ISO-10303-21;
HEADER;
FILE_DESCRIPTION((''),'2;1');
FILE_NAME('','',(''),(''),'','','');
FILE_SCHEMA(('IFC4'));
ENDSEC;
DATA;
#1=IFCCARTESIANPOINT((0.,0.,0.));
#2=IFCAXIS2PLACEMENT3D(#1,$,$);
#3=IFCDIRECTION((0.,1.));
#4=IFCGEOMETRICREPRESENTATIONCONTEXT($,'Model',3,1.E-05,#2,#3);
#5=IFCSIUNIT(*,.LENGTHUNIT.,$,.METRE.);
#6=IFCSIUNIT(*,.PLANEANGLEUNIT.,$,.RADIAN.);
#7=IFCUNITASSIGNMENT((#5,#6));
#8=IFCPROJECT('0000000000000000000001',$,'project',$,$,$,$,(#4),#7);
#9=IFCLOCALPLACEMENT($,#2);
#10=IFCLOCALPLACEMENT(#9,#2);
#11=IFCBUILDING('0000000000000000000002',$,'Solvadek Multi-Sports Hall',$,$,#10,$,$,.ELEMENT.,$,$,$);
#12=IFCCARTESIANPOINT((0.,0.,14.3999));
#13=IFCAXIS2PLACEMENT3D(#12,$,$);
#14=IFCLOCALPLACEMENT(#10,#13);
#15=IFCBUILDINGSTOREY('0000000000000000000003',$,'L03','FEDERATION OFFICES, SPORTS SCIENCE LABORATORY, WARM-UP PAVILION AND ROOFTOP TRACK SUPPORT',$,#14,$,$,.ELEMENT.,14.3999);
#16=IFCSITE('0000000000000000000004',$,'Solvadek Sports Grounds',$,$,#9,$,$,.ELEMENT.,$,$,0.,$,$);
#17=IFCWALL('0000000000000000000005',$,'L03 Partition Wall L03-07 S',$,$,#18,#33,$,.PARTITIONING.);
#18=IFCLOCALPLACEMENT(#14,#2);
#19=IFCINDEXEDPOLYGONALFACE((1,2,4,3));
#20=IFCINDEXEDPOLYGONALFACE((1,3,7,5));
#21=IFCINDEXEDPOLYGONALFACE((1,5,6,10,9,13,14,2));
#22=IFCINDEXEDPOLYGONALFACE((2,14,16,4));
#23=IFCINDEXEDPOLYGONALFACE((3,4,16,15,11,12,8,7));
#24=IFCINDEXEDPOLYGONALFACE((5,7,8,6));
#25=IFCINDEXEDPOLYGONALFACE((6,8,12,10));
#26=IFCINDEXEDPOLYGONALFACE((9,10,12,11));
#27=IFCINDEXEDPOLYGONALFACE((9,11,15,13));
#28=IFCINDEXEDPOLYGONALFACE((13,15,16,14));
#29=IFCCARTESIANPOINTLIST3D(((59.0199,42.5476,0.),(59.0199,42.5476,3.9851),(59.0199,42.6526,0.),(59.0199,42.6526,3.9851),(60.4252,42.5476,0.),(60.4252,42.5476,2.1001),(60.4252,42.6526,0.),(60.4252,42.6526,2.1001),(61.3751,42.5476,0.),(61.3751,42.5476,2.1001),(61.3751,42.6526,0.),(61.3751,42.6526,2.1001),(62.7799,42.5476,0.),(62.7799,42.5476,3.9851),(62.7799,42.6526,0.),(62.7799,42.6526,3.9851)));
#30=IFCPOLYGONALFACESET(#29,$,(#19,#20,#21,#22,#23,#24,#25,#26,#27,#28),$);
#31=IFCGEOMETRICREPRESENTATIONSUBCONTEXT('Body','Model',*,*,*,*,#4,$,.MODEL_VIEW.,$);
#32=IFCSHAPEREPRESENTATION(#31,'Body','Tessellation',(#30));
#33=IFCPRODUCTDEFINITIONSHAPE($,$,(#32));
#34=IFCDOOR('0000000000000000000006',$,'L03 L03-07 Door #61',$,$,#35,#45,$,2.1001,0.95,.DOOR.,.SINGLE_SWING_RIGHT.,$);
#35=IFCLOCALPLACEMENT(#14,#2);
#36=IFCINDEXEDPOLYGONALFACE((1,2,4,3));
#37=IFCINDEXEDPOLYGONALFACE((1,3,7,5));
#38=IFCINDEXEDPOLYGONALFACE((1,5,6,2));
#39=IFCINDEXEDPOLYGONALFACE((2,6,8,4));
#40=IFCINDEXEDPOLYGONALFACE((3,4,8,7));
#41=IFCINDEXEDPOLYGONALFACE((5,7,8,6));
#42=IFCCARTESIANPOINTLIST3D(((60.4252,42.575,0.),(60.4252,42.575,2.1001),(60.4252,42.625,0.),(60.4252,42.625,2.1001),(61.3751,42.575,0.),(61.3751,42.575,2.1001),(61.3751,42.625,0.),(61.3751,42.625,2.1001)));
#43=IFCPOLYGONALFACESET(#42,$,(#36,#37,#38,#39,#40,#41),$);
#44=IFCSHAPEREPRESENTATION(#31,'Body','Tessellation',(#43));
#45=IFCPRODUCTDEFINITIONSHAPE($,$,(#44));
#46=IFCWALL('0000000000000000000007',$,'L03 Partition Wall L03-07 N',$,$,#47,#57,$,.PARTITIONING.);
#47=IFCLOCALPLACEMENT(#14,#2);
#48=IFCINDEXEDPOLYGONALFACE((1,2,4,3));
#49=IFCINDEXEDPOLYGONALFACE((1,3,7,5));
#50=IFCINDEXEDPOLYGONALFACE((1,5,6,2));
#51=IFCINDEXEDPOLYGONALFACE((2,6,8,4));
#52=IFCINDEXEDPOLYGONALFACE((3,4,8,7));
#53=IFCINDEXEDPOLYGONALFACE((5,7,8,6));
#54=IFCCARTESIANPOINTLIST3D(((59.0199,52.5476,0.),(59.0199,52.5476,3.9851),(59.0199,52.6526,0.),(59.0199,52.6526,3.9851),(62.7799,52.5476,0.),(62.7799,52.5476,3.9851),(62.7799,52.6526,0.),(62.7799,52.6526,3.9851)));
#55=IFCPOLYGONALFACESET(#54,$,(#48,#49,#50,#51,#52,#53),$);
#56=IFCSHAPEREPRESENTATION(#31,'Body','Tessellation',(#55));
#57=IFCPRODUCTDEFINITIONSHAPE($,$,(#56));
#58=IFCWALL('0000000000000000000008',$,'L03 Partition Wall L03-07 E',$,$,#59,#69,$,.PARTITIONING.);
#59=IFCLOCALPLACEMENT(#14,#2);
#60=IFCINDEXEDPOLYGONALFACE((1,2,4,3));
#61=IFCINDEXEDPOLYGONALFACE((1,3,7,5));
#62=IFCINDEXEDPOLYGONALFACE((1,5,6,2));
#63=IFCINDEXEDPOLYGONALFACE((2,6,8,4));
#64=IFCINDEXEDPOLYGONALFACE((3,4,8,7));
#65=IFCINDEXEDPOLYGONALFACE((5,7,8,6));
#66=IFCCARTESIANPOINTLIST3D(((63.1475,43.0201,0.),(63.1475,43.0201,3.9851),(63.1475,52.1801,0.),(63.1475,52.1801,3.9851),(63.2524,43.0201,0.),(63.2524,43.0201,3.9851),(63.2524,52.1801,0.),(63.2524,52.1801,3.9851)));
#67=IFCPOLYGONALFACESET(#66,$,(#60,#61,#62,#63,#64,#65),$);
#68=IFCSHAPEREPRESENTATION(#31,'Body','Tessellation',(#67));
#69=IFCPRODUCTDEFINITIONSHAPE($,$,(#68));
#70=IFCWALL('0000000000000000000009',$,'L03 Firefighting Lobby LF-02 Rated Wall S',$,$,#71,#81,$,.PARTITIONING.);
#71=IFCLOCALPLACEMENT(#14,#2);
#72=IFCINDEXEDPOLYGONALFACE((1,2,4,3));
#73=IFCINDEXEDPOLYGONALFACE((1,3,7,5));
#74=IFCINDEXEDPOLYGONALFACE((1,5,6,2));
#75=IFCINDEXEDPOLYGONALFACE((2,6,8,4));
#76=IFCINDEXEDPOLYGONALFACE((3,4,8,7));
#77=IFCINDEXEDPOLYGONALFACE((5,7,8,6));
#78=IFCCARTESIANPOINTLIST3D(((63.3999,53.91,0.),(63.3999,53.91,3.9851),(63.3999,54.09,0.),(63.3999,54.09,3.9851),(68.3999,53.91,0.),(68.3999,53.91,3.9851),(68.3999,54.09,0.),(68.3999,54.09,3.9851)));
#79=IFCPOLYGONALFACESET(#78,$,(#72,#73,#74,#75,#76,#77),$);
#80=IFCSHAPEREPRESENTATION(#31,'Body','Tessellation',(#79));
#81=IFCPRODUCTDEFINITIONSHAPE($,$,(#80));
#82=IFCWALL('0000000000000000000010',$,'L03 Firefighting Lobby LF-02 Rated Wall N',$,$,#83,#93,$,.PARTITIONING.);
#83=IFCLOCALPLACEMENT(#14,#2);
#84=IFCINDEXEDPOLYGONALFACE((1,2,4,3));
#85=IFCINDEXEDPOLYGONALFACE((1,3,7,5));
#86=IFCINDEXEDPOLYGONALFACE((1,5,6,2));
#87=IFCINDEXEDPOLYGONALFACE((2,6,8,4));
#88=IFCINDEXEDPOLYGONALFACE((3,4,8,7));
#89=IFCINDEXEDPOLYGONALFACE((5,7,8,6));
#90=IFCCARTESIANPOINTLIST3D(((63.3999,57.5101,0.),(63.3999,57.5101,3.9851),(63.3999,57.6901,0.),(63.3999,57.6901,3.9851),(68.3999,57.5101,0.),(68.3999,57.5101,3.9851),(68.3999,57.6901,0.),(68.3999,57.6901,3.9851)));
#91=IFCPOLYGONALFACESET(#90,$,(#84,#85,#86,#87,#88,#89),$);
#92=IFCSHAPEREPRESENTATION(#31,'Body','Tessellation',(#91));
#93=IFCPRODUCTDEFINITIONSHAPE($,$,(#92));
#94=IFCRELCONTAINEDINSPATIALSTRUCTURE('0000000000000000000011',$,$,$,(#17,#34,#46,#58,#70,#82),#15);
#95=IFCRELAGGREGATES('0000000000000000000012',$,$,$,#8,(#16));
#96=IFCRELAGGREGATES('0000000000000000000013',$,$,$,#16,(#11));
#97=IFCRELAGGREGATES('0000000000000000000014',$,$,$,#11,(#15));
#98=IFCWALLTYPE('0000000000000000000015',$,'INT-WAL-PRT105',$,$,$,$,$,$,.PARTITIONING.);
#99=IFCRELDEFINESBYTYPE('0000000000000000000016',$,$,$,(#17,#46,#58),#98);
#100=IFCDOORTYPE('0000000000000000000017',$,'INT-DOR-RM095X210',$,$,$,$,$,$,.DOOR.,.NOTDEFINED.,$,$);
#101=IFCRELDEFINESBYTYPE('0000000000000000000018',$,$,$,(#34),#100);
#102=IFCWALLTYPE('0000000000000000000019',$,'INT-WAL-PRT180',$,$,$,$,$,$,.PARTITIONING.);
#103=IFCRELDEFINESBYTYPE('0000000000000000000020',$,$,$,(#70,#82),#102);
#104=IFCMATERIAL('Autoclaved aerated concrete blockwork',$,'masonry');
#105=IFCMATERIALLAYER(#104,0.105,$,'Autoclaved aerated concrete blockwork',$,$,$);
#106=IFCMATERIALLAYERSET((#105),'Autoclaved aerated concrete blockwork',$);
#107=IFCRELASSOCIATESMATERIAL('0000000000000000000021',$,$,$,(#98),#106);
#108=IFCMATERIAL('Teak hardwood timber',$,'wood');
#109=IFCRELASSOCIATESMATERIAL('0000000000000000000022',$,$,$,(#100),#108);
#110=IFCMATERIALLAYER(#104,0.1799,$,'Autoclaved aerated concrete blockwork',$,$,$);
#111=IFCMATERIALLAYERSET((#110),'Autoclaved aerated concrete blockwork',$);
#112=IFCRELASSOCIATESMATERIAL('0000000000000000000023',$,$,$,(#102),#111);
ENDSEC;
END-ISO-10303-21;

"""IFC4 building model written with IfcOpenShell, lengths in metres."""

from ifc_helpers import new_model, si_unit, direction, frame, frame_2d, origin, place, context, subcontext, project, spatial, rectangle, extrude, material, layer, layer_set, type_object, element, fill, save


model = new_model("IFC4")

# Units and contexts
model_context = context("Model", 3, precision=1e-05, world=origin(), true_north=direction((0.0, 1.0)))
body_context = subcontext(model_context, "Body", "Model", "MODEL_VIEW")
ifc_project = project(units=[si_unit("LENGTHUNIT", "METRE"), si_unit("PLANEANGLEUNIT", "RADIAN")], contexts=[model_context])

# Site, building, storey
site_placement = place(None, origin())
site = spatial("IfcSite", under=ifc_project, at=site_placement, Name="Solvadek Sports Grounds", CompositionType="ELEMENT", RefElevation=0.0)
building_placement = place(site_placement, origin())
building = spatial("IfcBuilding", under=site, at=building_placement, Name="Solvadek Multi-Sports Hall", CompositionType="ELEMENT")
storey_placement = place(building_placement, frame((0.0, 0.0, 14.3999)))
storey = spatial("IfcBuildingStorey", under=building, at=storey_placement, Name="L03", Description="FEDERATION OFFICES, SPORTS SCIENCE LABORATORY, WARM-UP PAVILION AND ROOFTOP TRACK SUPPORT", CompositionType="ELEMENT", Elevation=14.3999)

# Wall, opening, door
ifc_material_1 = material(Name="Autoclaved aerated concrete blockwork", Category="masonry")
ifc_layer_1 = layer(ifc_material_1, 0.105, Name="Autoclaved aerated concrete blockwork")
ifc_layer_set_1 = layer_set([ifc_layer_1], Name="Autoclaved aerated concrete blockwork")
wall_type_1 = type_object("IfcWallType", Name="INT-WAL-PRT105", PredefinedType="PARTITIONING", material=ifc_layer_set_1)
wall_1_placement = place(storey_placement, frame((59.02, 42.6001, 0.0), z_axis=(0.0, 0.0, 1.0), x_axis=(1.0, 0.0, 0.0)))
wall_1 = element("IfcWall", 1, at=wall_1_placement, inside=storey, type_object=wall_type_1, Name="L03 Partition Wall L03-07 S", PredefinedType="PARTITIONING", context=body_context, shape_type="SweptSolid", body=[
    extrude(rectangle(XDim=3.76, YDim=0.105, at=frame_2d((1.8799, 0.0))), origin(), (0.0, 0.0, 1.0), 3.9851),
])
opening_1_placement = place(wall_1_placement, frame((1.405, 0.0, 0.0)))
opening_1 = element("IfcOpeningElement", 2, at=opening_1_placement, cuts=wall_1, PredefinedType="OPENING", context=body_context, shape_type="SweptSolid", body=[
    extrude(rectangle(XDim=0.95, YDim=2.1001, at=frame_2d((0.4751, 1.05))), frame((0.0, 0.0625, 0.0), z_axis=(0.0, -1.0, 0.0), x_axis=(1.0, 0.0, 0.0)), (0.0, 0.0, 1.0), 0.125),
])
ifc_material_2 = material(Name="Teak hardwood timber", Category="wood")
door_type_1 = type_object("IfcDoorType", Name="INT-DOR-RM095X210", OperationType="NOTDEFINED", PredefinedType="DOOR", material=ifc_material_2)
door_1_placement = place(opening_1_placement, origin())
door_1 = element("IfcDoor", 3, at=door_1_placement, inside=storey, type_object=door_type_1, Name="L03 L03-07 Door #61", OperationType="SINGLE_SWING_RIGHT", OverallHeight=2.1001, OverallWidth=0.95, PredefinedType="DOOR", context=body_context, shape_type="SweptSolid", body=[
    extrude(rectangle(XDim=0.95, YDim=2.1001, at=frame_2d((0.4751, 1.05))), frame((0.0, 0.0249, 0.0), z_axis=(0.0, -1.0, 0.0), x_axis=(1.0, 0.0, 0.0)), (0.0, 0.0, 1.0), 0.05),
])
fill(opening_1, door_1)

# Walls
wall_2_placement = place(storey_placement, frame((59.02, 52.6001, 0.0), z_axis=(0.0, 0.0, 1.0), x_axis=(1.0, 0.0, 0.0)))
element("IfcWall", 4, at=wall_2_placement, inside=storey, type_object=wall_type_1, Name="L03 Partition Wall L03-07 N", PredefinedType="PARTITIONING", context=body_context, shape_type="SweptSolid", body=[
    extrude(rectangle(XDim=3.76, YDim=0.105, at=frame_2d((1.8799, 0.0))), origin(), (0.0, 0.0, 1.0), 3.9851),
])
wall_3_placement = place(storey_placement, frame((63.2, 43.02, 0.0), z_axis=(0.0, 0.0, 1.0), x_axis=(0.0, 1.0, 0.0)))
element("IfcWall", 5, at=wall_3_placement, inside=storey, type_object=wall_type_1, Name="L03 Partition Wall L03-07 E", PredefinedType="PARTITIONING", context=body_context, shape_type="SweptSolid", body=[
    extrude(rectangle(XDim=9.1599, YDim=0.105, at=frame_2d((4.5801, 0.0))), origin(), (0.0, 0.0, 1.0), 3.9851),
])

# Shared definitions
ifc_layer_2 = layer(ifc_material_1, 0.1799, Name="Autoclaved aerated concrete blockwork")
ifc_layer_set_2 = layer_set([ifc_layer_2], Name="Autoclaved aerated concrete blockwork")
wall_type_2 = type_object("IfcWallType", Name="INT-WAL-PRT180", PredefinedType="PARTITIONING", material=ifc_layer_set_2)

# Walls
for number, where, z_axis, x_axis, name in (
    (6, (63.3999, 54.0, 0.0), (0.0, 0.0, 1.0), (1.0, 0.0, 0.0), "L03 Firefighting Lobby LF-02 Rated Wall S"),
    (7, (63.3999, 57.6001, 0.0), (0.0, 0.0, 1.0), (1.0, 0.0, 0.0), "L03 Firefighting Lobby LF-02 Rated Wall N"),
):
    element("IfcWall", number, at=place(storey_placement, frame(where, z_axis=z_axis, x_axis=x_axis)), inside=storey, type_object=wall_type_2, Name=name, PredefinedType="PARTITIONING", context=body_context, shape_type="SweptSolid", body=[
        extrude(rectangle(XDim=5.0, YDim=0.1799, at=frame_2d((2.5, 0.0))), origin(), (0.0, 0.0, 1.0), 3.9851),
    ])

save(model, "model.ifc")
